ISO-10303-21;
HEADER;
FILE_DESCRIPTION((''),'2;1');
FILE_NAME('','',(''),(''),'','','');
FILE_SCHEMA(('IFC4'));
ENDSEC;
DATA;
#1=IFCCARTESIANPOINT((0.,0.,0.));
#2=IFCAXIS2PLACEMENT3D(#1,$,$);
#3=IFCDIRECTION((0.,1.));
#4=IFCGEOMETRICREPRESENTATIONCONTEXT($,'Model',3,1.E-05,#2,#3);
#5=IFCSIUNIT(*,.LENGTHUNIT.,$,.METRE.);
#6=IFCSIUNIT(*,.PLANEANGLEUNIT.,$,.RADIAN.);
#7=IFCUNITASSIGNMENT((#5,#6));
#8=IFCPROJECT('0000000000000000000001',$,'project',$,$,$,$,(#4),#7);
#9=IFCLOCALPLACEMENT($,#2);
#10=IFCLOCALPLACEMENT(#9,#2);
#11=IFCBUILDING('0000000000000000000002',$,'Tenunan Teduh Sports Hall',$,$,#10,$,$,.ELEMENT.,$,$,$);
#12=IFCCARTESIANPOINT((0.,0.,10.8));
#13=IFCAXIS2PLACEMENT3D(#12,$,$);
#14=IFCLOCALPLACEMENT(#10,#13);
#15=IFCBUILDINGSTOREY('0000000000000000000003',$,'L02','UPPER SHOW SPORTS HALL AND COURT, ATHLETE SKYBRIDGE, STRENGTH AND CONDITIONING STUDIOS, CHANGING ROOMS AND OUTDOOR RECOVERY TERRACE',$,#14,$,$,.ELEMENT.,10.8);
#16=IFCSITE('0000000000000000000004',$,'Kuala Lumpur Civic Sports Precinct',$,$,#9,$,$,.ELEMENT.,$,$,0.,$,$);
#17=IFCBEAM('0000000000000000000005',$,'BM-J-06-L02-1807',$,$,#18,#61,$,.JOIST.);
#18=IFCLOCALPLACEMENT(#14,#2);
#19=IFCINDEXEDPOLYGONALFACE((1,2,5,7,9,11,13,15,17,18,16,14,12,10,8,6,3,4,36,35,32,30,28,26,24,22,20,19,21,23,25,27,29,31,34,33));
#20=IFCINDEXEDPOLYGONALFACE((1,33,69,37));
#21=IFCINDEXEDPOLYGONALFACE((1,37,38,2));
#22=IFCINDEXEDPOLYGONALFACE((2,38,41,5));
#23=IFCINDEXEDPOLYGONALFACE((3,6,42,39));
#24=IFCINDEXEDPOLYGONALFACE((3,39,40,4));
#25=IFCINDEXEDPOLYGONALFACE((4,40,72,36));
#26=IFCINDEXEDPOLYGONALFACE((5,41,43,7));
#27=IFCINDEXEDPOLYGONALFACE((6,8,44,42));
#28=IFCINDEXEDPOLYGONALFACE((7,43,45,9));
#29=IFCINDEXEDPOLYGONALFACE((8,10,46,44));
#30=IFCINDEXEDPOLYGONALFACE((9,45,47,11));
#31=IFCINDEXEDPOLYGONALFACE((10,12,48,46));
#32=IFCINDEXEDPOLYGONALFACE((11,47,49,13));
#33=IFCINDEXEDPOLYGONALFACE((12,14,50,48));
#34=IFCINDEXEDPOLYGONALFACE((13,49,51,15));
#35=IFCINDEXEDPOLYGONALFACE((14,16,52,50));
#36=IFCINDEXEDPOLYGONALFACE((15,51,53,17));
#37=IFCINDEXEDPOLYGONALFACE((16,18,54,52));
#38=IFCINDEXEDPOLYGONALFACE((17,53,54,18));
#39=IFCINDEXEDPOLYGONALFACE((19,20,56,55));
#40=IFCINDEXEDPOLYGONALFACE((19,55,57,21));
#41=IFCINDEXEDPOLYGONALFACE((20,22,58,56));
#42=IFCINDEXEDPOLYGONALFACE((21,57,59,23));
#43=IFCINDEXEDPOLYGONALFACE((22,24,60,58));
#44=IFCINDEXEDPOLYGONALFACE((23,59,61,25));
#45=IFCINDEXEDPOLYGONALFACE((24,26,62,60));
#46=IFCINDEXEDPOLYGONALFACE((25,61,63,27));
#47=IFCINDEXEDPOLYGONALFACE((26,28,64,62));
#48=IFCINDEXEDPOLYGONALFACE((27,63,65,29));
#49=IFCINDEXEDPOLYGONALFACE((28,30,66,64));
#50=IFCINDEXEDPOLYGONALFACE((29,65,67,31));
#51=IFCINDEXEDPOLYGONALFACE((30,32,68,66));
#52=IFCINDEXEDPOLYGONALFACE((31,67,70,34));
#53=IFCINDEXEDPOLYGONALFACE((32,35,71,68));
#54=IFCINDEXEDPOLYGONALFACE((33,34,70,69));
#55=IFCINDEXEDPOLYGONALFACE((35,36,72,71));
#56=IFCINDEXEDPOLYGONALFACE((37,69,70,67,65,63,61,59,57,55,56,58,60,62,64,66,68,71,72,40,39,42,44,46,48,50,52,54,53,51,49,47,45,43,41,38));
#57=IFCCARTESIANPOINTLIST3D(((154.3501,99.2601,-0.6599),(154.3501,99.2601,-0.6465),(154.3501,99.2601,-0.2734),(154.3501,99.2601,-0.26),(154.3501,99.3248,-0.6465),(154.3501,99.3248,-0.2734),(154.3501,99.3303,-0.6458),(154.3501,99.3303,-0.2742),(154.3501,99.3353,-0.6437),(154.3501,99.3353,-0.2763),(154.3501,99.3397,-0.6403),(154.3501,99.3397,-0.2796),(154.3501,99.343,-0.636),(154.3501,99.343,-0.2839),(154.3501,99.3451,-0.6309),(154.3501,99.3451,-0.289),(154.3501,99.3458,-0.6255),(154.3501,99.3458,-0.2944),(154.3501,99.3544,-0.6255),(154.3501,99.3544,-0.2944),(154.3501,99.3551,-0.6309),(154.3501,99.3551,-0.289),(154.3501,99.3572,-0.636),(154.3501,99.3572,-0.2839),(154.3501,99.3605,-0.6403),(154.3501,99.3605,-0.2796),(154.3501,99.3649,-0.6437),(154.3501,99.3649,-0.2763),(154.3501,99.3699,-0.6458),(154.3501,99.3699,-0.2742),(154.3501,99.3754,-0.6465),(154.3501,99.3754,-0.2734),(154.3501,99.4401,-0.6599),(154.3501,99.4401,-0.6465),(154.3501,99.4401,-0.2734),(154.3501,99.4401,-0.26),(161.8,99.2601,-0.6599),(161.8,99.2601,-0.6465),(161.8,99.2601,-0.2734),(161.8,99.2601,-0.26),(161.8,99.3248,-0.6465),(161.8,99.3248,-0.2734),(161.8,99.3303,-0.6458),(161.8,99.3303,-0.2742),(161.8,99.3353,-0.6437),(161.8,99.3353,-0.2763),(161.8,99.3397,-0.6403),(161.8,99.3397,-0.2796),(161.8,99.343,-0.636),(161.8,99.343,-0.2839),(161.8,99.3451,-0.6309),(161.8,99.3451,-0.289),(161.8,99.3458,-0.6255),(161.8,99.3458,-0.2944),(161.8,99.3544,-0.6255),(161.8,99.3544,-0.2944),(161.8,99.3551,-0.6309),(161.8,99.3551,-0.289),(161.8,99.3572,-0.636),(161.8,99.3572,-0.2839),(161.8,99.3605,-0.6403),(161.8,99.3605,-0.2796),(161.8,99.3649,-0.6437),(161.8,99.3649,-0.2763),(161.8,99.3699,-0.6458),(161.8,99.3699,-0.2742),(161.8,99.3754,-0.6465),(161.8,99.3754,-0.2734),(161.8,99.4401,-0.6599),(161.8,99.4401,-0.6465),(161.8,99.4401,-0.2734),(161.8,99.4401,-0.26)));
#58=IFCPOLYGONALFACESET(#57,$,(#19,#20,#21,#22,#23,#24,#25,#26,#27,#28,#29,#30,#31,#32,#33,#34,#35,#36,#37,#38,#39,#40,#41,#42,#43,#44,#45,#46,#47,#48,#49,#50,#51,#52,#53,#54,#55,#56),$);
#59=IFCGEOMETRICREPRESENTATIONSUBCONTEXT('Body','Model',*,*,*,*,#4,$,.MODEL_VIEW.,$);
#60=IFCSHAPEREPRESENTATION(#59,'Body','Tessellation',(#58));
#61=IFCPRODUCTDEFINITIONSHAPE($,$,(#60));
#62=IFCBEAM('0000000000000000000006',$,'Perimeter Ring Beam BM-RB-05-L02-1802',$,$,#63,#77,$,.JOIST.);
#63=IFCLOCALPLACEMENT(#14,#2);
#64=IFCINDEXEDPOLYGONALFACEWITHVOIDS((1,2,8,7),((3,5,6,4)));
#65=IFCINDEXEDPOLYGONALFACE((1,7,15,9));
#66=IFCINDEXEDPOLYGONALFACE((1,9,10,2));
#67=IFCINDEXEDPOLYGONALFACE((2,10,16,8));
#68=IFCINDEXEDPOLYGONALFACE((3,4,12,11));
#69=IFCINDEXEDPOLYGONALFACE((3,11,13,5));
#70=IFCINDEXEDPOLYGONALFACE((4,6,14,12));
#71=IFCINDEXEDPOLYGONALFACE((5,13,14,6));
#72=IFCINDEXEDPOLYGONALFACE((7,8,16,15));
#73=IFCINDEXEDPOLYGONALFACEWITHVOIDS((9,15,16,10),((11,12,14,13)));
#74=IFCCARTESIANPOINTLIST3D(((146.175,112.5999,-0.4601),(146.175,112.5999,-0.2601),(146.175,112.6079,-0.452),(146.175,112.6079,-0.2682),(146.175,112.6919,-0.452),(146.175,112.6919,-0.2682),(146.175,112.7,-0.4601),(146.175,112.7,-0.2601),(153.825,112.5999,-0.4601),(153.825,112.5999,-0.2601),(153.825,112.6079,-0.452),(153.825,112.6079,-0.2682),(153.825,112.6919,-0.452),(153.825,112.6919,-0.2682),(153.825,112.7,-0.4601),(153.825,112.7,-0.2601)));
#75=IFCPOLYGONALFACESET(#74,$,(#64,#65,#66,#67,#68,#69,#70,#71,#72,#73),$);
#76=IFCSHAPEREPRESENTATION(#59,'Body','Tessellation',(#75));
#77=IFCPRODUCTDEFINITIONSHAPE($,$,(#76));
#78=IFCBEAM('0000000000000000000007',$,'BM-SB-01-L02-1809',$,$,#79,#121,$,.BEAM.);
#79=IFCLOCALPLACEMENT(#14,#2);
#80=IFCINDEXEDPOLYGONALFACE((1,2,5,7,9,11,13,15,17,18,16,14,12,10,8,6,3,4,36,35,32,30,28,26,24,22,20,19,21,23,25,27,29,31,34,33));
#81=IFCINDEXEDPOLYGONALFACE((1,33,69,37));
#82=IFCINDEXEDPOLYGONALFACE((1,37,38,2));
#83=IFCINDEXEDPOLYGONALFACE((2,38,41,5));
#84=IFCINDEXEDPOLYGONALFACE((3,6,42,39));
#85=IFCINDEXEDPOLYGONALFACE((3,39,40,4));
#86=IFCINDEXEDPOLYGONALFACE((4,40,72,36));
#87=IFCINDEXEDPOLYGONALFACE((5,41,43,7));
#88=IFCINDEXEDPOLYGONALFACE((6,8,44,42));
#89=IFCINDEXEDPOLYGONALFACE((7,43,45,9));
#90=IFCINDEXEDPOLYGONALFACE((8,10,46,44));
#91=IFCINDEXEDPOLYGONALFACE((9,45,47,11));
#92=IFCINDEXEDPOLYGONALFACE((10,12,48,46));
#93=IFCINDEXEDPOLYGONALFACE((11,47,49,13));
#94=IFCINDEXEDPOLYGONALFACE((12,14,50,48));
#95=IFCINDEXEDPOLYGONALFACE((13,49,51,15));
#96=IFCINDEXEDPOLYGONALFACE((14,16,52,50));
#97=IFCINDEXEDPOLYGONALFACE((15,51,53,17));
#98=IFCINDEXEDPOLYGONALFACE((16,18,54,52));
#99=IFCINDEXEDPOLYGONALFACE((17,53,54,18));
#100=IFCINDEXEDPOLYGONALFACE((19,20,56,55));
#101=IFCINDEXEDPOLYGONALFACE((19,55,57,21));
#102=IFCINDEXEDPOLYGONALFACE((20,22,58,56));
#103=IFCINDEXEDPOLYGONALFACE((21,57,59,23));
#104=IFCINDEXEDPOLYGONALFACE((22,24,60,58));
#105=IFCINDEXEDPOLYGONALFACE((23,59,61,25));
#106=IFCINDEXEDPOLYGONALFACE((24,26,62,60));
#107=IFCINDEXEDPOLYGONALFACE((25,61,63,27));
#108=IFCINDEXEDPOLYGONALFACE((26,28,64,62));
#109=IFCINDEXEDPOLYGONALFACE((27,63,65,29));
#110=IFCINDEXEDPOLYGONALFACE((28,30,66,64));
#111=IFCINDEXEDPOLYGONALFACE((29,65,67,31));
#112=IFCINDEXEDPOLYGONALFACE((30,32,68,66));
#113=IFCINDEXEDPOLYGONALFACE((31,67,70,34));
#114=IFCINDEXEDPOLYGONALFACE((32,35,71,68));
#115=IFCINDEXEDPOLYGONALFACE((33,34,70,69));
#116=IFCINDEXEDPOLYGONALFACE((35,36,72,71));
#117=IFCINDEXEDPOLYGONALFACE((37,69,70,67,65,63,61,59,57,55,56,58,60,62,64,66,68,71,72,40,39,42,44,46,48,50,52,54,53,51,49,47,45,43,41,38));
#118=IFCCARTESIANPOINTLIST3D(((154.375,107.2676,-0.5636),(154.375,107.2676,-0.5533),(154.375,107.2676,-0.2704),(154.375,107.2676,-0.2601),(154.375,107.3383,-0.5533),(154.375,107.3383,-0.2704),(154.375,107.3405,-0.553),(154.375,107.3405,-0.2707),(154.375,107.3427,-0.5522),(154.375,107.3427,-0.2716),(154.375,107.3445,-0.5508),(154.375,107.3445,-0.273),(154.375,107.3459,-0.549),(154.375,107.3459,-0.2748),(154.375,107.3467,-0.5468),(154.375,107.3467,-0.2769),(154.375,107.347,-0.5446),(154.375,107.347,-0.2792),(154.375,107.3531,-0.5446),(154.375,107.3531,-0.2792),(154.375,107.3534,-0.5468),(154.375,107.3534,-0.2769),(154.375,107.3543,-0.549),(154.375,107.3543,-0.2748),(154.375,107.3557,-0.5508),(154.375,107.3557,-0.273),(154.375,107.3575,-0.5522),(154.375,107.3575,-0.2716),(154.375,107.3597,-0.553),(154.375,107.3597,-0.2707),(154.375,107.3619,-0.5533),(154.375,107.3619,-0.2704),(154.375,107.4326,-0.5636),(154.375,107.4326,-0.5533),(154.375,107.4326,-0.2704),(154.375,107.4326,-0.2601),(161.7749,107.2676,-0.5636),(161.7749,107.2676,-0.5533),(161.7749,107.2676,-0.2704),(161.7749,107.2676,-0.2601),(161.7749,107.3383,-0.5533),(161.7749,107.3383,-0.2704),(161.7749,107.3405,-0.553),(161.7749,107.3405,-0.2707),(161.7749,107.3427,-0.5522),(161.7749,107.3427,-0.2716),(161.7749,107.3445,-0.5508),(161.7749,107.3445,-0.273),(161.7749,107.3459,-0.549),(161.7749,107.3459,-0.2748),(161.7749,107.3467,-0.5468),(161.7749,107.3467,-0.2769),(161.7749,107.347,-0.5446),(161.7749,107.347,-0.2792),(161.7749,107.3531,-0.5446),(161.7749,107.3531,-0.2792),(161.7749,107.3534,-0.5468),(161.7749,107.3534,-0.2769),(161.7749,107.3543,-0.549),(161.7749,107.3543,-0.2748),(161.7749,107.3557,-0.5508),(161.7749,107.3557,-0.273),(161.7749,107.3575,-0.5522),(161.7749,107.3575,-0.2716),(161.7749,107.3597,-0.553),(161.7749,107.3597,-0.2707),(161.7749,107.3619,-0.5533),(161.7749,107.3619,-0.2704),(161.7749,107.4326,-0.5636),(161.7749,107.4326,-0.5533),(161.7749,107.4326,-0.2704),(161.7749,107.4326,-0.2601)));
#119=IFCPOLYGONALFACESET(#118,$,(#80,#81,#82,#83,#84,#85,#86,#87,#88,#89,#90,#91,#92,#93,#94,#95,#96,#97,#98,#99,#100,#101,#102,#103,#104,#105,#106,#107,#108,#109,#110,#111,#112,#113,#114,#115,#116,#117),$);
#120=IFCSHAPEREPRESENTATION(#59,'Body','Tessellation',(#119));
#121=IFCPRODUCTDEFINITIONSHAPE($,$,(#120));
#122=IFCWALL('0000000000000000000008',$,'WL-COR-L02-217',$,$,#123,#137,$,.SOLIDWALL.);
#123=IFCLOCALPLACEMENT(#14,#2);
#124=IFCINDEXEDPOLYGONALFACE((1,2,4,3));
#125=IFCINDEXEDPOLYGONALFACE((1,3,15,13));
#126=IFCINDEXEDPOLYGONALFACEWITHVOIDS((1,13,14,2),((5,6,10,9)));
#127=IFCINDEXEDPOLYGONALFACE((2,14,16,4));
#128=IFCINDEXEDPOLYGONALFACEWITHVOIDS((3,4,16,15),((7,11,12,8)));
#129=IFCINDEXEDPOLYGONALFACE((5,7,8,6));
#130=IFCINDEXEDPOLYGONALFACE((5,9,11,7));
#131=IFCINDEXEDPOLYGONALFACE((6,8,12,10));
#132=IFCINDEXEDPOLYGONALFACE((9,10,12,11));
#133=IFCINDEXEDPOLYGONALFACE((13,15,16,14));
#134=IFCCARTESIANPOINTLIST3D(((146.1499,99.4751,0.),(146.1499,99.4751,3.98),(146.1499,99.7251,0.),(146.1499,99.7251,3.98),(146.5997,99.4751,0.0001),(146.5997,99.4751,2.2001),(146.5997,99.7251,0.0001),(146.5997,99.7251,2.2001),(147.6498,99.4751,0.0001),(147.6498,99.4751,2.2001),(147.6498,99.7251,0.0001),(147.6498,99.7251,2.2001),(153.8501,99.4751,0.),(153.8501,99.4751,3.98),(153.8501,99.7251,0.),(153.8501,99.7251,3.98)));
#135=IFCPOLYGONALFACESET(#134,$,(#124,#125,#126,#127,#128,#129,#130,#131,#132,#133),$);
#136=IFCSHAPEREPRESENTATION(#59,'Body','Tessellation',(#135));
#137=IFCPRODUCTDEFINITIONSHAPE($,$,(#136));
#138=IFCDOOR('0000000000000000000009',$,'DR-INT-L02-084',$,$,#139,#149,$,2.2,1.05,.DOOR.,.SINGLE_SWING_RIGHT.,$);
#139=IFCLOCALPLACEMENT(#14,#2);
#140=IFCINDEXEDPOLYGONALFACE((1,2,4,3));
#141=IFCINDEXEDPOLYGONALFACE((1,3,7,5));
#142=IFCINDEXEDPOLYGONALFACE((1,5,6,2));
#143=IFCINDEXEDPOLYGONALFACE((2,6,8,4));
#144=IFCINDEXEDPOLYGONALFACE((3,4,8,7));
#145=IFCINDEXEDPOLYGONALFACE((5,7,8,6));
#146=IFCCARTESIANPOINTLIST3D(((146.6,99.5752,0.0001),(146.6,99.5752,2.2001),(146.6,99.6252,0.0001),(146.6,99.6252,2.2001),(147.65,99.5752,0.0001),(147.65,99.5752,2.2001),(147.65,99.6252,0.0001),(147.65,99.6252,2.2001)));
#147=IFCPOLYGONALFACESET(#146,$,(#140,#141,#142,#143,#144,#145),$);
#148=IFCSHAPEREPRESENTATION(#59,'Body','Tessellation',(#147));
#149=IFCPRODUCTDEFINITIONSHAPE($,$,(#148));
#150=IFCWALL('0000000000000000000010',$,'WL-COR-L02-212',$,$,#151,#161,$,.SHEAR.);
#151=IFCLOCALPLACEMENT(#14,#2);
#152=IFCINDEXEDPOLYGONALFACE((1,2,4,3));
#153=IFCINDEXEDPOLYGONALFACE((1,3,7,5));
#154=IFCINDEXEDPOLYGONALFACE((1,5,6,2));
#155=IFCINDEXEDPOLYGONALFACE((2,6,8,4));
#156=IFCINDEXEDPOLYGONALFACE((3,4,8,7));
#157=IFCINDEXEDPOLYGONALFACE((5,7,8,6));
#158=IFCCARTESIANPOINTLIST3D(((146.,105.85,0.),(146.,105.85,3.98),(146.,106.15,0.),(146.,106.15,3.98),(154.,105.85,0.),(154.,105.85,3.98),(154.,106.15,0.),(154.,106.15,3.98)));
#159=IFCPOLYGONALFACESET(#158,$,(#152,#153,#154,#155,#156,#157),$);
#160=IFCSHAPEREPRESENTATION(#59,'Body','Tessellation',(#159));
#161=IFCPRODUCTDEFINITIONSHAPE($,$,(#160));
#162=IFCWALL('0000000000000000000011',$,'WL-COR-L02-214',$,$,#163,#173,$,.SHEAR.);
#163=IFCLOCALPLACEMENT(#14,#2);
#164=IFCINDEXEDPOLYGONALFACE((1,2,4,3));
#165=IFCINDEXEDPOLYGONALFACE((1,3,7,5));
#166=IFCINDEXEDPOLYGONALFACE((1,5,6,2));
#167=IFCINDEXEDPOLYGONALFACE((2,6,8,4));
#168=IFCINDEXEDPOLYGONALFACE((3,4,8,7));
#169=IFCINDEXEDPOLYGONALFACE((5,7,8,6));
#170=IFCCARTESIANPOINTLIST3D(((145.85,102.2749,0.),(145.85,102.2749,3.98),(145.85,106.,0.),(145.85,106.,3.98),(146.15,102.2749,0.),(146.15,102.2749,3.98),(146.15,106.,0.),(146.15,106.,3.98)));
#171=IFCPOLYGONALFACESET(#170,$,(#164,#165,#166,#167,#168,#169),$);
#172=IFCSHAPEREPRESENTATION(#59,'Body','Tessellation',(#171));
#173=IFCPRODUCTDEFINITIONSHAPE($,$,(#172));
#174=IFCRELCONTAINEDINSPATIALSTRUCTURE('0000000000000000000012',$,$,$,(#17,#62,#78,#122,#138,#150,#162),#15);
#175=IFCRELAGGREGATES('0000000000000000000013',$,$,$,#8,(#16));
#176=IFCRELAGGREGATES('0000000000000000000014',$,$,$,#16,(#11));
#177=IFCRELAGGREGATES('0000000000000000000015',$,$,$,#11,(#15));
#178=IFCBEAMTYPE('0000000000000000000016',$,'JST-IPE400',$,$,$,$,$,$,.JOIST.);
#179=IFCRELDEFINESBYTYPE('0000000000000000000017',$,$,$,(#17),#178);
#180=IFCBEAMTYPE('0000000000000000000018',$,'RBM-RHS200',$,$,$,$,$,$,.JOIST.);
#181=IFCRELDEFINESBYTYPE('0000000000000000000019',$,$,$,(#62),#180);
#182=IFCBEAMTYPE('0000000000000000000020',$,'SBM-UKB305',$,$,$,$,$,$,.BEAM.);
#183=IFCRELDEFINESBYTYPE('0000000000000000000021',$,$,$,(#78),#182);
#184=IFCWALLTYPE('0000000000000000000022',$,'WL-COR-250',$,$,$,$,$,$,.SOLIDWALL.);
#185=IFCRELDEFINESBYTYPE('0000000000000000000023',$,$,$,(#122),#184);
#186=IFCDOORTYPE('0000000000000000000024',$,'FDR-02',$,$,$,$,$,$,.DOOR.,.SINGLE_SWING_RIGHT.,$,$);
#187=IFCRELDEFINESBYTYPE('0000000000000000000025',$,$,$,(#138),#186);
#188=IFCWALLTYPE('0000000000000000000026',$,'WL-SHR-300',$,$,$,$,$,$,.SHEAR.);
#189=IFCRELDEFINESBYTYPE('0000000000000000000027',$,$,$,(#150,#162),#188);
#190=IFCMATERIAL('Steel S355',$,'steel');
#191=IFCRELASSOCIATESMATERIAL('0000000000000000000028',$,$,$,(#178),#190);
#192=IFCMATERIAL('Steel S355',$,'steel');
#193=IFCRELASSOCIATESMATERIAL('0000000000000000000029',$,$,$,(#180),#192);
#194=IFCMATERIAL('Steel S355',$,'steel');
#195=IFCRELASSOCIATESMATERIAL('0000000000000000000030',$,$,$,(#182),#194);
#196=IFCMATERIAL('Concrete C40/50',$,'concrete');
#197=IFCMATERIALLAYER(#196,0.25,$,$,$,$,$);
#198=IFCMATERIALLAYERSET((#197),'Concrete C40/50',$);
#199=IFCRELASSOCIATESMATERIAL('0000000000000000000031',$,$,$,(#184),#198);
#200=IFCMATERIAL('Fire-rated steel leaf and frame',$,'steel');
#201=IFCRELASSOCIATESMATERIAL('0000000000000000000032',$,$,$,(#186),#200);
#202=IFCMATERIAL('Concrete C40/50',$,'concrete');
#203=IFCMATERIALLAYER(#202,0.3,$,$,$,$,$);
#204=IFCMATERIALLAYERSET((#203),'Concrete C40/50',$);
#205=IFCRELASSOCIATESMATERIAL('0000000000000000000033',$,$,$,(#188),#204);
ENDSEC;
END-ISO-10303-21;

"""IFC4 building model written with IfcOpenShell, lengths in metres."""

from ifc_helpers import new_model, si_unit, direction, frame, frame_2d, origin, origin_2d, place, context, subcontext, project, spatial, rectangle, hollow_rectangle, i_section, extrude, material, layer, layer_set, material_profile, profile_set, type_object, element, fill, save


model = new_model("IFC4")

# Units and contexts
model_context = context("Model", 3, precision=1e-05, world=origin(), true_north=direction((0.0, 1.0)))
body_context = subcontext(model_context, "Body", "Model", "MODEL_VIEW")
ifc_project = project(units=[si_unit("LENGTHUNIT", "METRE"), si_unit("PLANEANGLEUNIT", "RADIAN")], contexts=[model_context])

# Site, building, storey
site_placement = place(None, origin())
site = spatial("IfcSite", under=ifc_project, at=site_placement, Name="Kuala Lumpur Civic Sports Precinct", CompositionType="ELEMENT", RefElevation=0.0)
building_placement = place(site_placement, origin())
building = spatial("IfcBuilding", under=site, at=building_placement, Name="Tenunan Teduh Sports Hall", CompositionType="ELEMENT")
storey_placement = place(building_placement, frame((0.0, 0.0, 10.8)))
storey = spatial("IfcBuildingStorey", under=building, at=storey_placement, Name="L02", Description="UPPER SHOW SPORTS HALL AND COURT, ATHLETE SKYBRIDGE, STRENGTH AND CONDITIONING STUDIOS, CHANGING ROOMS AND OUTDOOR RECOVERY TERRACE", CompositionType="ELEMENT", Elevation=10.8)

# Beams
ifc_material_1 = material(Name="Steel S355", Category="steel")
ifc_material_profile_1 = material_profile(ifc_material_1, i_section(OverallWidth=0.1799, OverallDepth=0.3999, WebThickness=0.0085, FlangeThickness=0.0134, FilletRadius=0.021, at=origin_2d()), Name="IPE 400")
ifc_profile_set_1 = profile_set([ifc_material_profile_1], Name="Steel S355")
beam_type_1 = type_object("IfcBeamType", Name="JST-IPE400", PredefinedType="JOIST", material=ifc_profile_set_1)
beam_1_placement = place(storey_placement, frame((154.3501, 99.3501, -0.46), z_axis=(1.0, 0.0, 0.0), x_axis=(0.0, 1.0, 0.0)))
element("IfcBeam", 1, at=beam_1_placement, inside=storey, type_object=beam_type_1, Name="BM-J-06-L02-1807", PredefinedType="JOIST", context=body_context, shape_type="SweptSolid", body=[
    extrude(i_section(OverallWidth=0.1799, OverallDepth=0.3999, WebThickness=0.0085, FlangeThickness=0.0134, FilletRadius=0.021, at=origin_2d()), origin(), (0.0, 0.0, 1.0), 7.45),
])
ifc_material_2 = material(Name="Steel S355", Category="steel")
ifc_material_profile_2 = material_profile(ifc_material_2, hollow_rectangle(XDim=0.1001, YDim=0.2, WallThickness=0.0081, at=origin_2d()), Name="RHS 200x100x8.0")
ifc_profile_set_2 = profile_set([ifc_material_profile_2], Name="Steel S355")
beam_type_2 = type_object("IfcBeamType", Name="RBM-RHS200", PredefinedType="JOIST", material=ifc_profile_set_2)
beam_2_placement = place(storey_placement, frame((146.175, 112.6499, -0.3601), z_axis=(1.0, 0.0, 0.0), x_axis=(0.0, 1.0, 0.0)))
element("IfcBeam", 2, at=beam_2_placement, inside=storey, type_object=beam_type_2, Name="Perimeter Ring Beam BM-RB-05-L02-1802", PredefinedType="JOIST", context=body_context, shape_type="SweptSolid", body=[
    extrude(hollow_rectangle(XDim=0.1001, YDim=0.2, WallThickness=0.0081, at=origin_2d()), origin(), (0.0, 0.0, 1.0), 7.6499),
])
ifc_material_3 = material(Name="Steel S355", Category="steel")
ifc_material_profile_3 = material_profile(ifc_material_3, i_section(OverallWidth=0.165, OverallDepth=0.3035, WebThickness=0.0061, FlangeThickness=0.0103, FilletRadius=0.0088, at=origin_2d()), Name="UKB 305x165x40")
ifc_profile_set_3 = profile_set([ifc_material_profile_3], Name="Steel S355")
beam_type_3 = type_object("IfcBeamType", Name="SBM-UKB305", PredefinedType="BEAM", material=ifc_profile_set_3)
beam_3_placement = place(storey_placement, frame((154.375, 107.3501, -0.4119), z_axis=(1.0, 0.0, 0.0), x_axis=(0.0, 1.0, 0.0)))
element("IfcBeam", 3, at=beam_3_placement, inside=storey, type_object=beam_type_3, Name="BM-SB-01-L02-1809", PredefinedType="BEAM", context=body_context, shape_type="SweptSolid", body=[
    extrude(i_section(OverallWidth=0.165, OverallDepth=0.3035, WebThickness=0.0061, FlangeThickness=0.0103, FilletRadius=0.0088, at=origin_2d()), origin(), (0.0, 0.0, 1.0), 7.3999),
])

# Wall, opening, door
ifc_material_4 = material(Name="Concrete C40/50", Category="concrete")
ifc_layer_1 = layer(ifc_material_4, 0.25)
ifc_layer_set_1 = layer_set([ifc_layer_1], Name="Concrete C40/50")
wall_type_1 = type_object("IfcWallType", Name="WL-COR-250", PredefinedType="SOLIDWALL", material=ifc_layer_set_1)
wall_1_placement = place(storey_placement, frame((146.1499, 99.6001, 0.0), z_axis=(0.0, 0.0, 1.0), x_axis=(1.0, 0.0, 0.0)))
wall_1 = element("IfcWall", 4, at=wall_1_placement, inside=storey, type_object=wall_type_1, Name="WL-COR-L02-217", PredefinedType="SOLIDWALL", context=body_context, shape_type="SweptSolid", body=[
    extrude(rectangle(XDim=7.7002, YDim=0.25, at=frame_2d((3.8501, 0.0))), origin(), (0.0, 0.0, 1.0), 3.98),
])
opening_1_placement = place(wall_1_placement, frame((0.45, 0.0, 0.0)))
opening_1 = element("IfcOpeningElement", 5, at=opening_1_placement, cuts=wall_1, PredefinedType="OPENING", context=body_context, shape_type="SweptSolid", body=[
    extrude(rectangle(XDim=1.05, YDim=2.2, at=frame_2d((0.5249, 1.1001))), frame((0.0, 0.135, 0.0), z_axis=(0.0, -1.0, 0.0), x_axis=(1.0, 0.0, 0.0)), (0.0, 0.0, 1.0), 0.27),
])
ifc_material_5 = material(Name="Fire-rated steel leaf and frame", Category="steel")
door_type = type_object("IfcDoorType", Name="FDR-02", OperationType="SINGLE_SWING_RIGHT", PredefinedType="DOOR", material=ifc_material_5)
door_1_placement = place(opening_1_placement, frame((1.05, 0.0, 0.0), z_axis=(0.0, 0.0, 1.0), x_axis=(-1.0, 0.0, 0.0)))
door_1 = element("IfcDoor", 6, at=door_1_placement, inside=storey, type_object=door_type, Name="DR-INT-L02-084", OperationType="SINGLE_SWING_RIGHT", OverallHeight=2.2, OverallWidth=1.05, PredefinedType="DOOR", context=body_context, shape_type="SweptSolid", body=[
    extrude(rectangle(XDim=1.05, YDim=2.2, at=frame_2d((0.5249, 1.1001))), frame((0.0, 0.0249, 0.0), z_axis=(0.0, -1.0, 0.0), x_axis=(1.0, 0.0, 0.0)), (0.0, 0.0, 1.0), 0.05),
])
fill(opening_1, door_1)

# Walls
ifc_material_6 = material(Name="Concrete C40/50", Category="concrete")
ifc_layer_2 = layer(ifc_material_6, 0.3)
ifc_layer_set_2 = layer_set([ifc_layer_2], Name="Concrete C40/50")
wall_type_2 = type_object("IfcWallType", Name="WL-SHR-300", PredefinedType="SHEAR", material=ifc_layer_set_2)
wall_2_placement = place(storey_placement, frame((146.0, 106.0, 0.0), z_axis=(0.0, 0.0, 1.0), x_axis=(1.0, 0.0, 0.0)))
element("IfcWall", 7, at=wall_2_placement, inside=storey, type_object=wall_type_2, Name="WL-COR-L02-212", PredefinedType="SHEAR", context=body_context, shape_type="SweptSolid", body=[
    extrude(rectangle(XDim=8.0, YDim=0.3, at=frame_2d((4.0, 0.0))), origin(), (0.0, 0.0, 1.0), 3.98),
])
wall_3_placement = place(storey_placement, frame((146.0, 102.2749, 0.0), z_axis=(0.0, 0.0, 1.0), x_axis=(0.0, 1.0, 0.0)))
element("IfcWall", 8, at=wall_3_placement, inside=storey, type_object=wall_type_2, Name="WL-COR-L02-214", PredefinedType="SHEAR", context=body_context, shape_type="SweptSolid", body=[
    extrude(rectangle(XDim=3.7251, YDim=0.3, at=frame_2d((1.8625, 0.0))), origin(), (0.0, 0.0, 1.0), 3.98),
])

save(model, "model.ifc")
